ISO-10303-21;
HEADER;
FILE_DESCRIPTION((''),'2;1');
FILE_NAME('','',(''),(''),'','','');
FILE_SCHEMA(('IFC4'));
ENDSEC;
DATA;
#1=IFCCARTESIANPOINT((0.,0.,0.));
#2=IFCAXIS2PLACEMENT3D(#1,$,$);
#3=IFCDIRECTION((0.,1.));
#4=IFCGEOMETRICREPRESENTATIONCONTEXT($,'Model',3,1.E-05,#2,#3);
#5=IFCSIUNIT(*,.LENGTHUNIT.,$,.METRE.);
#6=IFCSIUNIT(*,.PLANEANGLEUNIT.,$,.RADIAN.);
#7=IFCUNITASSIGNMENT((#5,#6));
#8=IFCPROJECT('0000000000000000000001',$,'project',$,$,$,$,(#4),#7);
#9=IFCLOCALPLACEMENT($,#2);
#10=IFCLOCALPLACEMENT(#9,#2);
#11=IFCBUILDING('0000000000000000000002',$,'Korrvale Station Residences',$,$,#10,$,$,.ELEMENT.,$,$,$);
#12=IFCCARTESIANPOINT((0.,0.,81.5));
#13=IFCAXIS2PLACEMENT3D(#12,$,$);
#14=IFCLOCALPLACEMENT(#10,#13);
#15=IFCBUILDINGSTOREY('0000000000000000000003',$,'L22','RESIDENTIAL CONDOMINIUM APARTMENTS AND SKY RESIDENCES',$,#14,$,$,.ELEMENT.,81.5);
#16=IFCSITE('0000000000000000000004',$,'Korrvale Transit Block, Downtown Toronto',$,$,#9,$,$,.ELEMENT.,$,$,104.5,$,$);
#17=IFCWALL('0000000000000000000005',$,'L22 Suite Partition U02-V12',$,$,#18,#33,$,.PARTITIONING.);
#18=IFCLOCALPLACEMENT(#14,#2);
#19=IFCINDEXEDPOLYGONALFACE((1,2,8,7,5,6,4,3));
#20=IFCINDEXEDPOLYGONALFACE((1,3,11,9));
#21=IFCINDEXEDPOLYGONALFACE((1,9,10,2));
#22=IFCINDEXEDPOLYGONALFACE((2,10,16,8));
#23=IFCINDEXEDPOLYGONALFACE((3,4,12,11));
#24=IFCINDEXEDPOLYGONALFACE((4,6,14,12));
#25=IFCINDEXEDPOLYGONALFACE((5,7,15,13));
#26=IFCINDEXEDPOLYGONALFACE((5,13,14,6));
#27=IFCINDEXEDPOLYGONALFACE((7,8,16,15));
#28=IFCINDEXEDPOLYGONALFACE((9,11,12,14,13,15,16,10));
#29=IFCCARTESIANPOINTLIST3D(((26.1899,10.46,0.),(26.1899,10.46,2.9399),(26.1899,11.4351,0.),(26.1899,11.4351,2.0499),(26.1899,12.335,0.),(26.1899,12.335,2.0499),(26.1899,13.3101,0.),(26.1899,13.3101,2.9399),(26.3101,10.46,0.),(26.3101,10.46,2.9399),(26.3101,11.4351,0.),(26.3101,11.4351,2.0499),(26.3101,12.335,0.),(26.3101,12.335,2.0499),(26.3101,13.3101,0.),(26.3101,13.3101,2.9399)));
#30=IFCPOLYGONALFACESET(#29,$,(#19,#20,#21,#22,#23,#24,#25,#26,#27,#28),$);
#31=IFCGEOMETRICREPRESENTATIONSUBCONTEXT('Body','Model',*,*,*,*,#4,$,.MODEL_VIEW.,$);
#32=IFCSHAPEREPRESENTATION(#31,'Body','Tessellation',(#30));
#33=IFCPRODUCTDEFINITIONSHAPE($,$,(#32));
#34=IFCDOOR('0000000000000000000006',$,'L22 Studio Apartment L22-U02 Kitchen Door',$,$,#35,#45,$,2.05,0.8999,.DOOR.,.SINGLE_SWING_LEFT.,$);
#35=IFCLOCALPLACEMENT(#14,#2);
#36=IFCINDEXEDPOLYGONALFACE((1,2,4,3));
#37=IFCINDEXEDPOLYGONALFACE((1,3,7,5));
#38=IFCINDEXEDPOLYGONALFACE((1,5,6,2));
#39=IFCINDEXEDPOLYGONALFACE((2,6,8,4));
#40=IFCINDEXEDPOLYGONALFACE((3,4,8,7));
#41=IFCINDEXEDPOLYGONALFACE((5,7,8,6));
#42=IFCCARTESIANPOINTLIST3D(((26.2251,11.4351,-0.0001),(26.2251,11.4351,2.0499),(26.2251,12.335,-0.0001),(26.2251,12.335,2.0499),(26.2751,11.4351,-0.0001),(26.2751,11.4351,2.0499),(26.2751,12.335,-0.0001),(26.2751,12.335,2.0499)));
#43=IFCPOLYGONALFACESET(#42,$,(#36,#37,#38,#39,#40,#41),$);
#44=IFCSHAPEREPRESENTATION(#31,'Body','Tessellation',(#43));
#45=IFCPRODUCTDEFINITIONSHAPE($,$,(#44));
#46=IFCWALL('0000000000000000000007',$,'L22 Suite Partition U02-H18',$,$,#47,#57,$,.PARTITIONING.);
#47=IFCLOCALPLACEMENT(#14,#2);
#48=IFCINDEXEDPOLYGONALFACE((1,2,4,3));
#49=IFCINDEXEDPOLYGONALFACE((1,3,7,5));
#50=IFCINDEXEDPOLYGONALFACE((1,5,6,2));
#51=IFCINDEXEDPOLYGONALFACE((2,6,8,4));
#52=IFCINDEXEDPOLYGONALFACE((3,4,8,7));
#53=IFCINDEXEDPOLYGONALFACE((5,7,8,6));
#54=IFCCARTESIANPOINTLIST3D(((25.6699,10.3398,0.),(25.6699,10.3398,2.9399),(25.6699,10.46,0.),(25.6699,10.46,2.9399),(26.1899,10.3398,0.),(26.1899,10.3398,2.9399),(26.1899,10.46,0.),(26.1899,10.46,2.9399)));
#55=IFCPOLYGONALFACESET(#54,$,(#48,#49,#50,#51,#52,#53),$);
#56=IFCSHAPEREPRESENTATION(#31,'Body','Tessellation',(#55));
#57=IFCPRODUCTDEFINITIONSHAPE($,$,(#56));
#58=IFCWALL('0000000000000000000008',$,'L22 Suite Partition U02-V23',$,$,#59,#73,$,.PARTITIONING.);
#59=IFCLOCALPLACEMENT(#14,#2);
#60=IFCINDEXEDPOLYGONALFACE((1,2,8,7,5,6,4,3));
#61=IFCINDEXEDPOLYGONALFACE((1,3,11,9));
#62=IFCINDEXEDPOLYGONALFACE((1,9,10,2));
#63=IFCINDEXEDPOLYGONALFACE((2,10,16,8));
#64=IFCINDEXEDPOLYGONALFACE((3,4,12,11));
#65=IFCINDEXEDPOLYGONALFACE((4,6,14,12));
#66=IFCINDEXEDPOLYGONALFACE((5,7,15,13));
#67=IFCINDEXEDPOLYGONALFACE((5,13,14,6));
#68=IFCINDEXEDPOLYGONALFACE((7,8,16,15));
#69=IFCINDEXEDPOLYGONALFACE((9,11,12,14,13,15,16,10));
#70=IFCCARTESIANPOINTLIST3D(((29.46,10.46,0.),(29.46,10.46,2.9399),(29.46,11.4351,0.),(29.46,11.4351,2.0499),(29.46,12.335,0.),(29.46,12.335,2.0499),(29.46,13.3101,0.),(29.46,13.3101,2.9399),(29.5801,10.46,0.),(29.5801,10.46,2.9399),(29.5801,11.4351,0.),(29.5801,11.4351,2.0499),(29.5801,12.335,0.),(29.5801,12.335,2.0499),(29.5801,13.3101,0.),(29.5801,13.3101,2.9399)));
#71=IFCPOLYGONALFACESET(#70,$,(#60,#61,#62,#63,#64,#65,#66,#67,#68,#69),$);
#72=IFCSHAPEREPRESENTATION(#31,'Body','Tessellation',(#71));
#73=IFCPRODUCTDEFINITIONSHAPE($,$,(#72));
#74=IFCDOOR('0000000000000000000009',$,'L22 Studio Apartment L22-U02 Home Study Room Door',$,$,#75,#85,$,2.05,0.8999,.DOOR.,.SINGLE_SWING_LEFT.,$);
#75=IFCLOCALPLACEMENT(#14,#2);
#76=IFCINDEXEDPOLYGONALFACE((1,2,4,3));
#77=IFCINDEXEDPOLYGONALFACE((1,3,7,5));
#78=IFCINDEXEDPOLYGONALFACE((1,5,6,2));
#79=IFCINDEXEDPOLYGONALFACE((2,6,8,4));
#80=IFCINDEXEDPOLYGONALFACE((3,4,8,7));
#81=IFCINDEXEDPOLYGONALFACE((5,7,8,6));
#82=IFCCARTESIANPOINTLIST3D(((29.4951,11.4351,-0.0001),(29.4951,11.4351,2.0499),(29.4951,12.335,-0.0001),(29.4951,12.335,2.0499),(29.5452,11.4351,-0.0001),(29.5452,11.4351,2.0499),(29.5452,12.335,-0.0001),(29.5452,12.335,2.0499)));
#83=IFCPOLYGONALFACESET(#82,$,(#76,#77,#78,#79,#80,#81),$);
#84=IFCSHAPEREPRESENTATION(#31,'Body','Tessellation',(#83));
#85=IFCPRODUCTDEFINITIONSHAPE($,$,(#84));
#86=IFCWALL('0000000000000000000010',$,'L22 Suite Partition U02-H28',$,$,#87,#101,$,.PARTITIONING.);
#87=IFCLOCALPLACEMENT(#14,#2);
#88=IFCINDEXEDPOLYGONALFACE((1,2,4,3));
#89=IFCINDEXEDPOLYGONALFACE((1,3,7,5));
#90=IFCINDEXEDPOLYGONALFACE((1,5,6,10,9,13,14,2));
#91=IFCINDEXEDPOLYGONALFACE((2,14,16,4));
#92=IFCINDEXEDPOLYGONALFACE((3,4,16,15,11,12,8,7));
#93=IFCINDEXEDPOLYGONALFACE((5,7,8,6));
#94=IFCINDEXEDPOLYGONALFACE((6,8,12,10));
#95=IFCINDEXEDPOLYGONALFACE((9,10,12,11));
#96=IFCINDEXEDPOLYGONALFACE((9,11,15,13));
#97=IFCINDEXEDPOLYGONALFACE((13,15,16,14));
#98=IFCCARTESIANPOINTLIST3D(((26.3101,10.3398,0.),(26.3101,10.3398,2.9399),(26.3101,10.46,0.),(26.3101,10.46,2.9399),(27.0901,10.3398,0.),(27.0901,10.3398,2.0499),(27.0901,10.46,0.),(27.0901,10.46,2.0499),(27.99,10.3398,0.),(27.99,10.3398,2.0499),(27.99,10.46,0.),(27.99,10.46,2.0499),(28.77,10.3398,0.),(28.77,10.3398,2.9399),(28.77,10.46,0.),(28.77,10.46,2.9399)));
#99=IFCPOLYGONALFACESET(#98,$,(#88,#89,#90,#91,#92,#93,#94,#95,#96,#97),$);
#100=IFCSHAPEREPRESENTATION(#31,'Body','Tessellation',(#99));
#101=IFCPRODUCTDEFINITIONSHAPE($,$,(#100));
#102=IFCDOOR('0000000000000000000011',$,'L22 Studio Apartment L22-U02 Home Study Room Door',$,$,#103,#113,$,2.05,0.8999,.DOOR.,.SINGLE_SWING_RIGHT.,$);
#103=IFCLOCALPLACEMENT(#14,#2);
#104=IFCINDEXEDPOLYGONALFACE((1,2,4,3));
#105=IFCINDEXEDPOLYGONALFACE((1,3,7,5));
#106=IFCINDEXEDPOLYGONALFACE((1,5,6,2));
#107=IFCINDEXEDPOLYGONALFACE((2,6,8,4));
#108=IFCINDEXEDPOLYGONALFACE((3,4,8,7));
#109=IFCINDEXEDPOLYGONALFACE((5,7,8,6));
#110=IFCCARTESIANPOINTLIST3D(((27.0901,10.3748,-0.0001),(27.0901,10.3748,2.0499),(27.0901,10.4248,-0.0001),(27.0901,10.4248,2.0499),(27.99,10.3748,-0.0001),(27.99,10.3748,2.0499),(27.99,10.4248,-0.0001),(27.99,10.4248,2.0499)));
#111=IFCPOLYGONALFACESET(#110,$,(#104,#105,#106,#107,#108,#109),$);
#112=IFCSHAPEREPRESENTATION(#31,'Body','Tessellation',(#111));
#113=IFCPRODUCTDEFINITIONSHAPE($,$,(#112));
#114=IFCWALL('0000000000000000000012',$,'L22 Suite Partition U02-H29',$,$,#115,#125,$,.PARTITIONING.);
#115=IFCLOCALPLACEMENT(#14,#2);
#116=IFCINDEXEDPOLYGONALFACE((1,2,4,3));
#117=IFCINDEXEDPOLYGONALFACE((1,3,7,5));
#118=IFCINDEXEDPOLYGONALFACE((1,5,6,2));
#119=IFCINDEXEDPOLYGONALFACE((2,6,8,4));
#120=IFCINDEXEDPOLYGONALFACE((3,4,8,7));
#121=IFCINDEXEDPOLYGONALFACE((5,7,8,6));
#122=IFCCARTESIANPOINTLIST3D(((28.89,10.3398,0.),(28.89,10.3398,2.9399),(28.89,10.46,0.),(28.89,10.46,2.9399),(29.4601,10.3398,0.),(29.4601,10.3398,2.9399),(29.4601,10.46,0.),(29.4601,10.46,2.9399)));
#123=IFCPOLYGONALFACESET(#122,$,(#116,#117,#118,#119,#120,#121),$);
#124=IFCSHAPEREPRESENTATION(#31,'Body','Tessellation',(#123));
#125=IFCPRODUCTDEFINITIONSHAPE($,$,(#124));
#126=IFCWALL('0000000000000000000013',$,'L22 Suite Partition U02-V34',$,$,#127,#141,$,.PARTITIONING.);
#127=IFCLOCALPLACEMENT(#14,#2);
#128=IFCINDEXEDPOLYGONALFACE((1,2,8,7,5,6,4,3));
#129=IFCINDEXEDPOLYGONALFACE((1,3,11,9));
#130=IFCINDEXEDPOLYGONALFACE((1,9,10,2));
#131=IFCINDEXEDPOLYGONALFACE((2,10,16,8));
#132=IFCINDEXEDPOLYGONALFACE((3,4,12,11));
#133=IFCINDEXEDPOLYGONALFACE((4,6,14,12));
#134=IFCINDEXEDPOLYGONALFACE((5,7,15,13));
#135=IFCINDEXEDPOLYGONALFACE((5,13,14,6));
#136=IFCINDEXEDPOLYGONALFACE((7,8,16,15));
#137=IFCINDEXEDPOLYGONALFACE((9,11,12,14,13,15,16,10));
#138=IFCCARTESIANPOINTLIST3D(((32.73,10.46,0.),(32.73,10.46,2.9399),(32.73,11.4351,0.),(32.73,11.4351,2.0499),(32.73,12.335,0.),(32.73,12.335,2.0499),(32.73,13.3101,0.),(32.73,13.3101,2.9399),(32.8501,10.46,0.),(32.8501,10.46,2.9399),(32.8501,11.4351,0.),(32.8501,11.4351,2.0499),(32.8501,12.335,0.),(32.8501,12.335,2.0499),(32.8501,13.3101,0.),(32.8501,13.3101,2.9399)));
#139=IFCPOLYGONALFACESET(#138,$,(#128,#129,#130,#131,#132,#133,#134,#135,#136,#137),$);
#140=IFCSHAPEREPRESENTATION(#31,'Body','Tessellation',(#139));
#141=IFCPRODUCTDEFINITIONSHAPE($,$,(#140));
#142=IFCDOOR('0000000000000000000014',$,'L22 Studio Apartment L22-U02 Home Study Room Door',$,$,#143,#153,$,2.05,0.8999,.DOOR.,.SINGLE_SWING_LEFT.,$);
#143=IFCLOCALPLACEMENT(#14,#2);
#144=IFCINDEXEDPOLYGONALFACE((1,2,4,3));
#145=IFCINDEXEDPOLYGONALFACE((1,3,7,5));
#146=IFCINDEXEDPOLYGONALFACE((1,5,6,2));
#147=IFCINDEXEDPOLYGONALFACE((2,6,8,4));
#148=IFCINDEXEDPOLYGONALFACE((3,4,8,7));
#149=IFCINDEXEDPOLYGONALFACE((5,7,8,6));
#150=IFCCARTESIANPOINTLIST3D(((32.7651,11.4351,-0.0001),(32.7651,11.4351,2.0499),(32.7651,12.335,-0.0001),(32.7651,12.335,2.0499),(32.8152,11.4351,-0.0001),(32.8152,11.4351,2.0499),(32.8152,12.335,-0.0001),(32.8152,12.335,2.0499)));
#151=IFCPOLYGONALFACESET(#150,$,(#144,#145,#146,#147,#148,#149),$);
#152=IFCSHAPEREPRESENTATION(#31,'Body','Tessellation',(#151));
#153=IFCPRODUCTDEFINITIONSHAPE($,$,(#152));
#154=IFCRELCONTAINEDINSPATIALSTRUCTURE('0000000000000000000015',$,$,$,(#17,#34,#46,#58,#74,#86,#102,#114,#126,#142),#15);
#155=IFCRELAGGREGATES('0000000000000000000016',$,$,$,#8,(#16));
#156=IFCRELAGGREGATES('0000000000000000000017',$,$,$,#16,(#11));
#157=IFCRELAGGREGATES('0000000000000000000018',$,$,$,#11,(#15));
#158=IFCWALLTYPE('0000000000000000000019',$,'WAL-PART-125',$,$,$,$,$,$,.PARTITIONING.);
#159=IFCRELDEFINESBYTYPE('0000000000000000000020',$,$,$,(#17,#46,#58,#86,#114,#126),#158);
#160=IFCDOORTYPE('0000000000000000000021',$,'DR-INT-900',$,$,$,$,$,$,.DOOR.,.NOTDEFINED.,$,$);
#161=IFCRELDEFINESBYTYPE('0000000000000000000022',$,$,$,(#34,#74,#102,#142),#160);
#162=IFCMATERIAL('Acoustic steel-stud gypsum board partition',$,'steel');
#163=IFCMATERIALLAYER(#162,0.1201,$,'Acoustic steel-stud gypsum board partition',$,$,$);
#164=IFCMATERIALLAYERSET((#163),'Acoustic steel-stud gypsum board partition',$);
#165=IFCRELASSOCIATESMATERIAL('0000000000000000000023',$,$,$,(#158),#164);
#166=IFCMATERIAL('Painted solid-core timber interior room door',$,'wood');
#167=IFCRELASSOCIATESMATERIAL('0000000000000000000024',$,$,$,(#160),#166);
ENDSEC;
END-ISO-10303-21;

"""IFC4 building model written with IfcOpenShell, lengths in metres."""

from ifc_helpers import new_model, si_unit, direction, frame, frame_2d, origin, place, context, subcontext, project, spatial, rectangle, extrude, material, layer, layer_set, type_object, element, fill, save


model = new_model("IFC4")

# Units and contexts
model_context = context("Model", 3, precision=1e-05, world=origin(), true_north=direction((0.0, 1.0)))
body_context = subcontext(model_context, "Body", "Model", "MODEL_VIEW")
ifc_project = project(units=[si_unit("LENGTHUNIT", "METRE"), si_unit("PLANEANGLEUNIT", "RADIAN")], contexts=[model_context])

# Site, building, storey
site_placement = place(None, origin())
site = spatial("IfcSite", under=ifc_project, at=site_placement, Name="Korrvale Transit Block, Downtown Toronto", CompositionType="ELEMENT", RefElevation=104.5)
building_placement = place(site_placement, origin())
building = spatial("IfcBuilding", under=site, at=building_placement, Name="Korrvale Station Residences", CompositionType="ELEMENT")
storey_placement = place(building_placement, frame((0.0, 0.0, 81.5)))
storey = spatial("IfcBuildingStorey", under=building, at=storey_placement, Name="L22", Description="RESIDENTIAL CONDOMINIUM APARTMENTS AND SKY RESIDENCES", CompositionType="ELEMENT", Elevation=81.5)

# Wall, opening, door
ifc_material_1 = material(Name="Acoustic steel-stud gypsum board partition", Category="steel")
ifc_layer_1 = layer(ifc_material_1, 0.1201, Name="Acoustic steel-stud gypsum board partition")
ifc_layer_set_1 = layer_set([ifc_layer_1], Name="Acoustic steel-stud gypsum board partition")
wall_type = type_object("IfcWallType", Name="WAL-PART-125", PredefinedType="PARTITIONING", material=ifc_layer_set_1)
wall_1_placement = place(storey_placement, frame((26.25, 10.46, 0.0), z_axis=(0.0, 0.0, 1.0), x_axis=(0.0, 1.0, 0.0)))
wall_1 = element("IfcWall", 1, at=wall_1_placement, inside=storey, type_object=wall_type, Name="L22 Suite Partition U02-V12", PredefinedType="PARTITIONING", context=body_context, shape_type="SweptSolid", body=[
    extrude(rectangle(XDim=2.8501, YDim=0.1201, at=frame_2d((1.425, 0.0))), origin(), (0.0, 0.0, 1.0), 2.9399),
])
opening_1_placement = place(wall_1_placement, frame((0.9751, 0.0, 0.0)))
opening_1 = element("IfcOpeningElement", 2, at=opening_1_placement, cuts=wall_1, PredefinedType="OPENING", context=body_context, shape_type="SweptSolid", body=[
    extrude(rectangle(XDim=0.8999, YDim=2.05, at=frame_2d((0.45, 1.0249))), frame((0.0, 0.0701, 0.0), z_axis=(0.0, -1.0, 0.0), x_axis=(1.0, 0.0, 0.0)), (0.0, 0.0, 1.0), 0.1401),
])
ifc_material_2 = material(Name="Painted solid-core timber interior room door", Category="wood")
door_type = type_object("IfcDoorType", Name="DR-INT-900", OperationType="NOTDEFINED", PredefinedType="DOOR", material=ifc_material_2)
door_1_placement = place(opening_1_placement, origin())
door_1 = element("IfcDoor", 3, at=door_1_placement, inside=storey, type_object=door_type, Name="L22 Studio Apartment L22-U02 Kitchen Door", OperationType="SINGLE_SWING_LEFT", OverallHeight=2.05, OverallWidth=0.8999, PredefinedType="DOOR", context=body_context, shape_type="SweptSolid", body=[
    extrude(rectangle(XDim=0.8999, YDim=2.05, at=frame_2d((0.45, 1.0249))), frame((0.0, 0.0249, 0.0), z_axis=(0.0, -1.0, 0.0), x_axis=(1.0, 0.0, 0.0)), (0.0, 0.0, 1.0), 0.05),
])
fill(opening_1, door_1)

# Wall
wall_2_placement = place(storey_placement, frame((25.6699, 10.3999, 0.0), z_axis=(0.0, 0.0, 1.0), x_axis=(1.0, 0.0, 0.0)))
element("IfcWall", 4, at=wall_2_placement, inside=storey, type_object=wall_type, Name="L22 Suite Partition U02-H18", PredefinedType="PARTITIONING", context=body_context, shape_type="SweptSolid", body=[
    extrude(rectangle(XDim=0.52, YDim=0.1201, at=frame_2d((0.26, 0.0))), origin(), (0.0, 0.0, 1.0), 2.9399),
])

# Walls, openings, doors
wall_3_placement = place(storey_placement, frame((29.52, 10.46, 0.0), z_axis=(0.0, 0.0, 1.0), x_axis=(0.0, 1.0, 0.0)))
wall_3 = element("IfcWall", 5, at=wall_3_placement, inside=storey, type_object=wall_type, Name="L22 Suite Partition U02-V23", PredefinedType="PARTITIONING", context=body_context, shape_type="SweptSolid", body=[
    extrude(rectangle(XDim=2.8501, YDim=0.1201, at=frame_2d((1.425, 0.0))), origin(), (0.0, 0.0, 1.0), 2.9399),
])
opening_2_placement = place(wall_3_placement, frame((0.9751, 0.0, 0.0)))
opening_2 = element("IfcOpeningElement", 6, at=opening_2_placement, cuts=wall_3, PredefinedType="OPENING", context=body_context, shape_type="SweptSolid", body=[
    extrude(rectangle(XDim=0.8999, YDim=2.05, at=frame_2d((0.45, 1.0249))), frame((0.0, 0.0701, 0.0), z_axis=(0.0, -1.0, 0.0), x_axis=(1.0, 0.0, 0.0)), (0.0, 0.0, 1.0), 0.1401),
])
door_2_placement = place(opening_2_placement, origin())
door_2 = element("IfcDoor", 7, at=door_2_placement, inside=storey, type_object=door_type, Name="L22 Studio Apartment L22-U02 Home Study Room Door", OperationType="SINGLE_SWING_LEFT", OverallHeight=2.05, OverallWidth=0.8999, PredefinedType="DOOR", context=body_context, shape_type="SweptSolid", body=[
    extrude(rectangle(XDim=0.8999, YDim=2.05, at=frame_2d((0.45, 1.0249))), frame((0.0, 0.0249, 0.0), z_axis=(0.0, -1.0, 0.0), x_axis=(1.0, 0.0, 0.0)), (0.0, 0.0, 1.0), 0.05),
])
fill(opening_2, door_2)
wall_4_placement = place(storey_placement, frame((26.3101, 10.3999, 0.0), z_axis=(0.0, 0.0, 1.0), x_axis=(1.0, 0.0, 0.0)))
wall_4 = element("IfcWall", 8, at=wall_4_placement, inside=storey, type_object=wall_type, Name="L22 Suite Partition U02-H28", PredefinedType="PARTITIONING", context=body_context, shape_type="SweptSolid", body=[
    extrude(rectangle(XDim=2.46, YDim=0.1201, at=frame_2d((1.23, 0.0))), origin(), (0.0, 0.0, 1.0), 2.9399),
])
opening_3_placement = place(wall_4_placement, frame((0.78, 0.0, 0.0)))
opening_3 = element("IfcOpeningElement", 9, at=opening_3_placement, cuts=wall_4, PredefinedType="OPENING", context=body_context, shape_type="SweptSolid", body=[
    extrude(rectangle(XDim=0.8999, YDim=2.05, at=frame_2d((0.45, 1.0249))), frame((0.0, 0.0701, 0.0), z_axis=(0.0, -1.0, 0.0), x_axis=(1.0, 0.0, 0.0)), (0.0, 0.0, 1.0), 0.1401),
])
door_3_placement = place(opening_3_placement, origin())
door_3 = element("IfcDoor", 10, at=door_3_placement, inside=storey, type_object=door_type, Name="L22 Studio Apartment L22-U02 Home Study Room Door", OperationType="SINGLE_SWING_RIGHT", OverallHeight=2.05, OverallWidth=0.8999, PredefinedType="DOOR", context=body_context, shape_type="SweptSolid", body=[
    extrude(rectangle(XDim=0.8999, YDim=2.05, at=frame_2d((0.45, 1.0249))), frame((0.0, 0.0249, 0.0), z_axis=(0.0, -1.0, 0.0), x_axis=(1.0, 0.0, 0.0)), (0.0, 0.0, 1.0), 0.05),
])
fill(opening_3, door_3)

# Wall
wall_5_placement = place(storey_placement, frame((28.8899, 10.3999, 0.0), z_axis=(0.0, 0.0, 1.0), x_axis=(1.0, 0.0, 0.0)))
element("IfcWall", 11, at=wall_5_placement, inside=storey, type_object=wall_type, Name="L22 Suite Partition U02-H29", PredefinedType="PARTITIONING", context=body_context, shape_type="SweptSolid", body=[
    extrude(rectangle(XDim=0.5701, YDim=0.1201, at=frame_2d((0.2852, 0.0))), origin(), (0.0, 0.0, 1.0), 2.9399),
])

# Wall, opening, door
wall_6_placement = place(storey_placement, frame((32.79, 10.46, 0.0), z_axis=(0.0, 0.0, 1.0), x_axis=(0.0, 1.0, 0.0)))
wall_6 = element("IfcWall", 12, at=wall_6_placement, inside=storey, type_object=wall_type, Name="L22 Suite Partition U02-V34", PredefinedType="PARTITIONING", context=body_context, shape_type="SweptSolid", body=[
    extrude(rectangle(XDim=2.8501, YDim=0.1201, at=frame_2d((1.425, 0.0))), origin(), (0.0, 0.0, 1.0), 2.9399),
])
opening_4_placement = place(wall_6_placement, frame((0.9751, 0.0, 0.0)))
opening_4 = element("IfcOpeningElement", 13, at=opening_4_placement, cuts=wall_6, PredefinedType="OPENING", context=body_context, shape_type="SweptSolid", body=[
    extrude(rectangle(XDim=0.8999, YDim=2.05, at=frame_2d((0.45, 1.0249))), frame((0.0, 0.0701, 0.0), z_axis=(0.0, -1.0, 0.0), x_axis=(1.0, 0.0, 0.0)), (0.0, 0.0, 1.0), 0.1401),
])
door_4_placement = place(opening_4_placement, origin())
door_4 = element("IfcDoor", 14, at=door_4_placement, inside=storey, type_object=door_type, Name="L22 Studio Apartment L22-U02 Home Study Room Door", OperationType="SINGLE_SWING_LEFT", OverallHeight=2.05, OverallWidth=0.8999, PredefinedType="DOOR", context=body_context, shape_type="SweptSolid", body=[
    extrude(rectangle(XDim=0.8999, YDim=2.05, at=frame_2d((0.45, 1.0249))), frame((0.0, 0.0249, 0.0), z_axis=(0.0, -1.0, 0.0), x_axis=(1.0, 0.0, 0.0)), (0.0, 0.0, 1.0), 0.05),
])
fill(opening_4, door_4)

save(model, "model.ifc")
